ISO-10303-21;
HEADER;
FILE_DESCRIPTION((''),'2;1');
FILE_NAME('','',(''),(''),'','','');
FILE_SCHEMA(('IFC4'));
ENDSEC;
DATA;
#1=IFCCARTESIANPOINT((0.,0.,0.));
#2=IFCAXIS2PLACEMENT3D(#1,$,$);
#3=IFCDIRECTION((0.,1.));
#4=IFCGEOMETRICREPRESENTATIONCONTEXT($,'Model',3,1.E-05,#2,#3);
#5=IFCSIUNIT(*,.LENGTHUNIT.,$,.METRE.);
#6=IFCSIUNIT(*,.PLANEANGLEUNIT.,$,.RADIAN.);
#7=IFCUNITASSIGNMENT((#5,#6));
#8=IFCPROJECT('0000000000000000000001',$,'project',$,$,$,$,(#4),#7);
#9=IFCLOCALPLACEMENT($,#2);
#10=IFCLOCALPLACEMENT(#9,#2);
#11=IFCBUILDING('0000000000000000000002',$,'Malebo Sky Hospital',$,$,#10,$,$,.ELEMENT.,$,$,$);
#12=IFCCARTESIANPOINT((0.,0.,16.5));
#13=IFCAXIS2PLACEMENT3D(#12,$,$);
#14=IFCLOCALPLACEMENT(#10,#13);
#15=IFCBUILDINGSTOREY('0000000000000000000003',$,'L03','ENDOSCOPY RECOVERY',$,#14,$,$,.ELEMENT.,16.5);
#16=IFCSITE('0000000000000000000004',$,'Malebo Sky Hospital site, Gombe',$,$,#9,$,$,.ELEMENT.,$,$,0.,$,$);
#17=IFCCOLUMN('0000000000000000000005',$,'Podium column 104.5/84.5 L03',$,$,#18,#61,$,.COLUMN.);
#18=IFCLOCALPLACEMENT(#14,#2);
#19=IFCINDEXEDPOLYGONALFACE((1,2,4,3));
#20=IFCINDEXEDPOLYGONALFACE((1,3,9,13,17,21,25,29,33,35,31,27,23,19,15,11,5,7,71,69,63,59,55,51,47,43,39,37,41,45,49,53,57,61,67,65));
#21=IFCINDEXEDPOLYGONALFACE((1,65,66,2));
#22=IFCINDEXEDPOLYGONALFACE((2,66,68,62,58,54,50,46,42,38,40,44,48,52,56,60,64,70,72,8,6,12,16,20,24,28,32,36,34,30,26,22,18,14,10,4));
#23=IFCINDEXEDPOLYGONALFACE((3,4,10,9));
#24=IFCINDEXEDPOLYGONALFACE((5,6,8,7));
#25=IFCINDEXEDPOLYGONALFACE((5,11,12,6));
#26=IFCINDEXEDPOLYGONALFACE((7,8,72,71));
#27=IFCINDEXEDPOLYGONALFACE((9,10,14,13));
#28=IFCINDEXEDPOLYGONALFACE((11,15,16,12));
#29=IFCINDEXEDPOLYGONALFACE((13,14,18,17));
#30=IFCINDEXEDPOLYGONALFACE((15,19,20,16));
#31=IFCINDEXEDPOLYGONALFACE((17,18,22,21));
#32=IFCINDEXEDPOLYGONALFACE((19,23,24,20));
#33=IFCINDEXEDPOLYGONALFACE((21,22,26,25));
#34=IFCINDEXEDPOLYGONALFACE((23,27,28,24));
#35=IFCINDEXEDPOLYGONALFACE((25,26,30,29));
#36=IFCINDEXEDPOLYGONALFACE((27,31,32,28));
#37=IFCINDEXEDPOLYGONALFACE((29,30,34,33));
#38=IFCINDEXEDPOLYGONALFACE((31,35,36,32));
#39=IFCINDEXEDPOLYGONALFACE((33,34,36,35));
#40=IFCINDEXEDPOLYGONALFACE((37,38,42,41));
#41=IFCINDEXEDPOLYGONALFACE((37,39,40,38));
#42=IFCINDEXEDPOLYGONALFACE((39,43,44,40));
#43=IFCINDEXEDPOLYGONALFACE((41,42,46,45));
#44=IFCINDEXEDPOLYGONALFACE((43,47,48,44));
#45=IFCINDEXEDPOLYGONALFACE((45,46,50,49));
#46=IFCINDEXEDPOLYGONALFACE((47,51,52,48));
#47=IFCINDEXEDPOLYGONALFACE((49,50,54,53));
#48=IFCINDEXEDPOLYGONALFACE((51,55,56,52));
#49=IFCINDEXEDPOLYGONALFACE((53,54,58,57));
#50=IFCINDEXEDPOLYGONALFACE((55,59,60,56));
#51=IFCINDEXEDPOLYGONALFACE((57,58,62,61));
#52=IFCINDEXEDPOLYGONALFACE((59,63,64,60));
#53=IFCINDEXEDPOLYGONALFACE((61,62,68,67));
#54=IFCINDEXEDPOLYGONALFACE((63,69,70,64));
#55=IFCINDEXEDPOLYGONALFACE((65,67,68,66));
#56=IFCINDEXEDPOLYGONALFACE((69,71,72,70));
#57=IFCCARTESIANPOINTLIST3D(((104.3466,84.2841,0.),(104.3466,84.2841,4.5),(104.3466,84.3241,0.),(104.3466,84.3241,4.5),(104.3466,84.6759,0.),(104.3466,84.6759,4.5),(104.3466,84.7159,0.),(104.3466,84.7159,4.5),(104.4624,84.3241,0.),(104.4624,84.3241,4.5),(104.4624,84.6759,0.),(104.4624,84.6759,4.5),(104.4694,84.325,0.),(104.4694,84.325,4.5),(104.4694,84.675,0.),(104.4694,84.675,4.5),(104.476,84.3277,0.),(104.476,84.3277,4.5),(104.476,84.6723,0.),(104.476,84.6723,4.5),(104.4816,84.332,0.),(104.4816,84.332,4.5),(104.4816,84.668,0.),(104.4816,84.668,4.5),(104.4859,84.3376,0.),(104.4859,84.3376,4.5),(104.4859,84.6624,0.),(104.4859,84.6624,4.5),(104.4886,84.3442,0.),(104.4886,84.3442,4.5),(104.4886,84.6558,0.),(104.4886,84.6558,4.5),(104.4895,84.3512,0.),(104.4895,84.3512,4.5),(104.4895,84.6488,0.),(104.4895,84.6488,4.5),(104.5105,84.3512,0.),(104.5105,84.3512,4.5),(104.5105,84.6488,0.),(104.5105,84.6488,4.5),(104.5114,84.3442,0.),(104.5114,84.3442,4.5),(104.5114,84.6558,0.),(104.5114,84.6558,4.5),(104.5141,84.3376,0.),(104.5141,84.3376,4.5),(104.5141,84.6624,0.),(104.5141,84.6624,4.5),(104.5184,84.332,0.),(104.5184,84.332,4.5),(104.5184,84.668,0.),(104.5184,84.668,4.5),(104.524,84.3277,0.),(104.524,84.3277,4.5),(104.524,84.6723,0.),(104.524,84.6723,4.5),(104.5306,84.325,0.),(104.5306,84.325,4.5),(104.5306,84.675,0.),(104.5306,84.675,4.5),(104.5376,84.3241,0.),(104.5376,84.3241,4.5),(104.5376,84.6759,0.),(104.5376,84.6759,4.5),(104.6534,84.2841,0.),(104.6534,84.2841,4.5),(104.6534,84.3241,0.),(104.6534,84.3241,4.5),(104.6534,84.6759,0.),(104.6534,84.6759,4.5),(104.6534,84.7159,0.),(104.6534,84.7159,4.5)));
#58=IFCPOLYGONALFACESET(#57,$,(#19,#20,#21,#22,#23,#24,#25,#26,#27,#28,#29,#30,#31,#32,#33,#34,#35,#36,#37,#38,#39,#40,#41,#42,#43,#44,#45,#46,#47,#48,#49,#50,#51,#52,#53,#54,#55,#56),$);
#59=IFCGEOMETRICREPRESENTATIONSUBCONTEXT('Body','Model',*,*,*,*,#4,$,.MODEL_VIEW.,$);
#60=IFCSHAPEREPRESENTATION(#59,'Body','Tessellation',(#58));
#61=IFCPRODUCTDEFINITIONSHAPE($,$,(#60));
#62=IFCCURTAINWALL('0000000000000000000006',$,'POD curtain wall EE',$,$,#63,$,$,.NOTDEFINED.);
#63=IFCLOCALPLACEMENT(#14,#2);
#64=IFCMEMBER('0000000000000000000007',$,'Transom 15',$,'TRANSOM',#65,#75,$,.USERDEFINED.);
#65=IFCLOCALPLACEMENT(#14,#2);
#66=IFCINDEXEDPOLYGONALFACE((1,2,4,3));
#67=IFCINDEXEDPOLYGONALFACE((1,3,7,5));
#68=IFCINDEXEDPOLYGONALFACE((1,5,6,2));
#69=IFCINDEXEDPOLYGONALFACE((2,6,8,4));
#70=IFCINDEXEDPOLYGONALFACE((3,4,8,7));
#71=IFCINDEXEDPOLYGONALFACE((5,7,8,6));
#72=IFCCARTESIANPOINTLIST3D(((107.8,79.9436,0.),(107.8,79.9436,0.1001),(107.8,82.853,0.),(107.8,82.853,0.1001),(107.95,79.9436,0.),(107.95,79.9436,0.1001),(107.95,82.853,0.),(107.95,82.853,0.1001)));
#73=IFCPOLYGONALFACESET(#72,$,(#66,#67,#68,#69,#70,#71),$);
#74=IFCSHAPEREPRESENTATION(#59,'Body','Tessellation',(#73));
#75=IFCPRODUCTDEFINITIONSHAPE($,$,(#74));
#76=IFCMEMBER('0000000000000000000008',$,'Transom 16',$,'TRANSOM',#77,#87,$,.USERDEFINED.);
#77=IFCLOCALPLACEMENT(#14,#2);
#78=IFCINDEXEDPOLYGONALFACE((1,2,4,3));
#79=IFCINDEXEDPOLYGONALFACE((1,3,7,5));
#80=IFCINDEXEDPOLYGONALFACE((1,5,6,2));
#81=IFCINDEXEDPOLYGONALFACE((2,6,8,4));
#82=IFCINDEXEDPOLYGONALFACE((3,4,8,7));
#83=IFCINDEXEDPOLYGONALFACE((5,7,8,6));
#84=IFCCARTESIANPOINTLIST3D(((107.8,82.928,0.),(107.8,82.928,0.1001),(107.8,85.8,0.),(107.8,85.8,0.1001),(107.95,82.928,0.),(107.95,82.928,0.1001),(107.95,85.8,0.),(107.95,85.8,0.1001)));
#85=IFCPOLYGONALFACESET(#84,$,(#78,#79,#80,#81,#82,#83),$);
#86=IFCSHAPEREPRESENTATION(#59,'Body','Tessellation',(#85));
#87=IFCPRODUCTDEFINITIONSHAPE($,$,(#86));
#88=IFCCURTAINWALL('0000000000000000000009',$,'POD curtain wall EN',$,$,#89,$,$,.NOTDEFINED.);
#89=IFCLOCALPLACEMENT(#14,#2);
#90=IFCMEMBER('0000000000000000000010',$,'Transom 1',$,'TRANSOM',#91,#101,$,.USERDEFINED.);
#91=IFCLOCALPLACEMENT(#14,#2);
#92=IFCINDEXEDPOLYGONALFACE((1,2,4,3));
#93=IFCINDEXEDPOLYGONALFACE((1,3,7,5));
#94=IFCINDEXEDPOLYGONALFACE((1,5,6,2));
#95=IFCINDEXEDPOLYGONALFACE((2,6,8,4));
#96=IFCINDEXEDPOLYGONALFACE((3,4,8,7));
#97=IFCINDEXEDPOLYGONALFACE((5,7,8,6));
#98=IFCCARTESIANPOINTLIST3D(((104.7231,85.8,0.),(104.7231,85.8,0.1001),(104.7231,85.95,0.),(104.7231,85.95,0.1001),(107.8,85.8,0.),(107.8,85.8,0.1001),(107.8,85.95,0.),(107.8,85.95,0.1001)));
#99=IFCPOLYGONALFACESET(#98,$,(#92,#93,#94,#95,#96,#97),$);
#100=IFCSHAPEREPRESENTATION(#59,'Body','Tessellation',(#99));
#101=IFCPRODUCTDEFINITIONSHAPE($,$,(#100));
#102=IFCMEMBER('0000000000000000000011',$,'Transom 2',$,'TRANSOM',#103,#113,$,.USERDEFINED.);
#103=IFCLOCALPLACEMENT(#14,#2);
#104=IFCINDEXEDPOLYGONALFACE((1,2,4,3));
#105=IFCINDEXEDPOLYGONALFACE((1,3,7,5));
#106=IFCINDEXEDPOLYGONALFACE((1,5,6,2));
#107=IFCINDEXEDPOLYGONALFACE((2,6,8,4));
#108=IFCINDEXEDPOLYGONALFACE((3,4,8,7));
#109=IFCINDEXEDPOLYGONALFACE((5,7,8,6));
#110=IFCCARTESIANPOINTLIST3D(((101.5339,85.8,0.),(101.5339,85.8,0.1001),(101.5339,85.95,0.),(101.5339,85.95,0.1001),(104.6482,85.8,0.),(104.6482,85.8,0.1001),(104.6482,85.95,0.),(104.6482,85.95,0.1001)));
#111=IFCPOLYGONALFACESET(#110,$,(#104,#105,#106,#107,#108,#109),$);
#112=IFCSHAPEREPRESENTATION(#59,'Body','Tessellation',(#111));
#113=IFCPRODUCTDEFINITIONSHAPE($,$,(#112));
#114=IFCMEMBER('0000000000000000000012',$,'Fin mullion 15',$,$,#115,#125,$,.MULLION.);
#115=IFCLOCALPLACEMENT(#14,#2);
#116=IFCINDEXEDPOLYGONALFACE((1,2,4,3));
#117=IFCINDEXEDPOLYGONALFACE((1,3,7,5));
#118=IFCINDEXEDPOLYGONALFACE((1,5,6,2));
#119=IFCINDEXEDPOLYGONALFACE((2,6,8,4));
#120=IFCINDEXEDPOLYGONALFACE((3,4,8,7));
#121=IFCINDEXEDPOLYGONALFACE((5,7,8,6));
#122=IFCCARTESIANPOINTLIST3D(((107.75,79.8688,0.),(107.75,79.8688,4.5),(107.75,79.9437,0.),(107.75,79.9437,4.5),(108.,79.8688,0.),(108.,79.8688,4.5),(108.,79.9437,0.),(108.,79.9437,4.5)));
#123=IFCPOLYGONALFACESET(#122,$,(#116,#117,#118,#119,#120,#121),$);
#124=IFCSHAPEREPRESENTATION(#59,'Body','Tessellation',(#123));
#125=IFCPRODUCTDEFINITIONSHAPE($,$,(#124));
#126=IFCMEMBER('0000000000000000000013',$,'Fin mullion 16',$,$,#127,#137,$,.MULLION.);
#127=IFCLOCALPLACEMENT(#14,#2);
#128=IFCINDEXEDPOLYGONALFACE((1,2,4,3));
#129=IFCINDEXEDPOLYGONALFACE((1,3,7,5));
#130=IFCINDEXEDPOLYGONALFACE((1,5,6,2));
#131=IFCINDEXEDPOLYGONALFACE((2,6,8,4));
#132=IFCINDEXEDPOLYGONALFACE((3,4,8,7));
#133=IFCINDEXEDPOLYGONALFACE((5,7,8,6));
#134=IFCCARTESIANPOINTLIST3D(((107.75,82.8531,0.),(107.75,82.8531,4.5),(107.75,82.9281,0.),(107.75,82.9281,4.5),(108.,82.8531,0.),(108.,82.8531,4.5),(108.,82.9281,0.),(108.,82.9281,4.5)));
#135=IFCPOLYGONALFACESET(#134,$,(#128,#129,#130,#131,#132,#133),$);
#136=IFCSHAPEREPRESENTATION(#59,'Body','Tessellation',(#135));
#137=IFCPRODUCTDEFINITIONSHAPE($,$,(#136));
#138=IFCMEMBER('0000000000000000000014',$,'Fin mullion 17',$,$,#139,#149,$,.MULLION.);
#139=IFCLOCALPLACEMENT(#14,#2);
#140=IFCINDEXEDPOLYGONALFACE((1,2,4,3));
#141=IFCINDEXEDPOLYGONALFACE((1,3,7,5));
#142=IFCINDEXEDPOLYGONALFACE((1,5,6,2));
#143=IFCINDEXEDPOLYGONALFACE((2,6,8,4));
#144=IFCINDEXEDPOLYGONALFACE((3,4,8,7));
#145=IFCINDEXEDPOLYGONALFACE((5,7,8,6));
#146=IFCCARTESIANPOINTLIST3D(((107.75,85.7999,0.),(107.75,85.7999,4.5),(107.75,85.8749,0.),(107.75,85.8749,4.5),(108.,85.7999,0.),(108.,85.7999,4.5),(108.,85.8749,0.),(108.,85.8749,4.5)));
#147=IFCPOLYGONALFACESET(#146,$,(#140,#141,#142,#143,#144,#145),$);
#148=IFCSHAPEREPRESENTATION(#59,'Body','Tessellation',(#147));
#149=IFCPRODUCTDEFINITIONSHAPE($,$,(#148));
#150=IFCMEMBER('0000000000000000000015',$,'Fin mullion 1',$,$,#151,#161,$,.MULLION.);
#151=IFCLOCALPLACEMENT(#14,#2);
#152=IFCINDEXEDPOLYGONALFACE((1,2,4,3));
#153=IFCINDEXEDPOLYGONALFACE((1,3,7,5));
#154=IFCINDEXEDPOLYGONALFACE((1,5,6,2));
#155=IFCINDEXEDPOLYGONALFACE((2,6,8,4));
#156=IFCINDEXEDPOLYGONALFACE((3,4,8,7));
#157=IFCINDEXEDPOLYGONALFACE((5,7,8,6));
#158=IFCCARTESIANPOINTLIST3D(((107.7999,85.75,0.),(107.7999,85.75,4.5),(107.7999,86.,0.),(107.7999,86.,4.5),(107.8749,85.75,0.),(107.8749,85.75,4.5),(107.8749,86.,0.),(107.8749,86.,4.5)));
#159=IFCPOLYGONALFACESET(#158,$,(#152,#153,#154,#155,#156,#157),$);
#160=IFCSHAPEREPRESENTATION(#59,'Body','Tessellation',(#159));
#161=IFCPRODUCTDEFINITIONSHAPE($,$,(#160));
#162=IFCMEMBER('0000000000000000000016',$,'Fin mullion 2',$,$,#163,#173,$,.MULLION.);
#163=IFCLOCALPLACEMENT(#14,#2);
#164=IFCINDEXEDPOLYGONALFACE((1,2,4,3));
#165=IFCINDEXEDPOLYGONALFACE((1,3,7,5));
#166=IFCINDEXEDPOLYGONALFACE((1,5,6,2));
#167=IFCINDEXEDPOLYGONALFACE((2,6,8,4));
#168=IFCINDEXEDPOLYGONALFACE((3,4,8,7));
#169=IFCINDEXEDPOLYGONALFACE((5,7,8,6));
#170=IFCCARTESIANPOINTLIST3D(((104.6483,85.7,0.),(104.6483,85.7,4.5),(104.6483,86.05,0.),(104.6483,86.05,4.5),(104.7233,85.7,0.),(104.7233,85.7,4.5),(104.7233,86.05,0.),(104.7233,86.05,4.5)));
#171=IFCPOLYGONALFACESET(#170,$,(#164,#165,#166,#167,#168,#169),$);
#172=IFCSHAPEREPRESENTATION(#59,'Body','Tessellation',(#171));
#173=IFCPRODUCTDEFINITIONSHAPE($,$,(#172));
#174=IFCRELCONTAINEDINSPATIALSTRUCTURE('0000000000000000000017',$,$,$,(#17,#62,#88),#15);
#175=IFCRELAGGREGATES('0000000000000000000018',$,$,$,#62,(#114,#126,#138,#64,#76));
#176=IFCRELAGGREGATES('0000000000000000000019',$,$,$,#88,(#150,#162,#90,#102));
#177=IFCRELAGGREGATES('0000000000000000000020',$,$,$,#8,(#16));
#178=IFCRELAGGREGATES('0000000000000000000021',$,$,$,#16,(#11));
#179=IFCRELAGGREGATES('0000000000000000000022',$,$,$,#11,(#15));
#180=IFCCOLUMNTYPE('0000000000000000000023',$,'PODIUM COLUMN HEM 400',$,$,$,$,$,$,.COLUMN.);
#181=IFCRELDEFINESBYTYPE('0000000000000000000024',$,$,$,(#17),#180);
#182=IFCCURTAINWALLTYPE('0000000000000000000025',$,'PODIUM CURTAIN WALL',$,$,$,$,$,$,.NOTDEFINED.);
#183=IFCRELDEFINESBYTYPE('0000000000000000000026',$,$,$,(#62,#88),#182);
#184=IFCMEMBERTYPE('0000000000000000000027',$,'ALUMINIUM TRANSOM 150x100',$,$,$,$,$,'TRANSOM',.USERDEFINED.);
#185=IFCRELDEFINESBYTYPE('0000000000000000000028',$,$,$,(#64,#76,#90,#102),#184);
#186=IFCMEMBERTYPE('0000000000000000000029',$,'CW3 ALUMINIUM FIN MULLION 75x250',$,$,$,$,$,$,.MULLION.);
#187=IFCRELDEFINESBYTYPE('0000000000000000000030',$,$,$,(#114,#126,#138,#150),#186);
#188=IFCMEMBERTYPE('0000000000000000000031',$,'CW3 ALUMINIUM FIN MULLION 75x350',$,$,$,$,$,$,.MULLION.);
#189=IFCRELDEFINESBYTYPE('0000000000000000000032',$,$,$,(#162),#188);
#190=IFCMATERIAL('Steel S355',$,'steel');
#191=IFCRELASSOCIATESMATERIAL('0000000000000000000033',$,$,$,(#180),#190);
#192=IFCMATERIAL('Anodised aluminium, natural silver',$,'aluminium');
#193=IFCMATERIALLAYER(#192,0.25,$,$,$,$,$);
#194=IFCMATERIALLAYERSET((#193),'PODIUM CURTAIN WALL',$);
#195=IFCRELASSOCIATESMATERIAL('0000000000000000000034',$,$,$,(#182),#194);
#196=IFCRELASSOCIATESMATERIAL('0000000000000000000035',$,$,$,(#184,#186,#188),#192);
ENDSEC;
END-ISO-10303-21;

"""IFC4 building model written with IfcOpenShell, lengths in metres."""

from ifc_helpers import new_model, si_unit, direction, frame, origin, origin_2d, place, context, subcontext, project, spatial, rectangle, i_section, extrude, material, layer, layer_set, material_profile, profile_set, type_object, element, aggregate, save


model = new_model("IFC4")

# Units and contexts
model_context = context("Model", 3, precision=1e-05, world=origin(), true_north=direction((0.0, 1.0)))
body_context = subcontext(model_context, "Body", "Model", "MODEL_VIEW")
ifc_project = project(units=[si_unit("LENGTHUNIT", "METRE"), si_unit("PLANEANGLEUNIT", "RADIAN")], contexts=[model_context])

# Site, building, storey
site_placement = place(None, origin())
site = spatial("IfcSite", under=ifc_project, at=site_placement, Name="Malebo Sky Hospital site, Gombe", CompositionType="ELEMENT", RefElevation=0.0)
building_placement = place(site_placement, origin())
building = spatial("IfcBuilding", under=site, at=building_placement, Name="Malebo Sky Hospital", CompositionType="ELEMENT")
storey_placement = place(building_placement, frame((0.0, 0.0, 16.5)))
storey = spatial("IfcBuildingStorey", under=building, at=storey_placement, Name="L03", Description="ENDOSCOPY RECOVERY", CompositionType="ELEMENT", Elevation=16.5)

# Column
ifc_material_1 = material(Name="Steel S355", Category="steel")
ifc_material_profile_1 = material_profile(ifc_material_1, i_section(OverallWidth=0.3069, OverallDepth=0.4319, WebThickness=0.021, FlangeThickness=0.04, FilletRadius=0.0271, at=origin_2d()), Name="HEM 400")
ifc_profile_set_1 = profile_set([ifc_material_profile_1], Name="Steel S355")
column_type = type_object("IfcColumnType", Name="PODIUM COLUMN HEM 400", PredefinedType="COLUMN", material=ifc_profile_set_1)
column_placement = place(storey_placement, frame((104.5, 84.5, 0.0), z_axis=(0.0, 0.0, 1.0), x_axis=(1.0, 0.0, 0.0)))
element("IfcColumn", 1, at=column_placement, inside=storey, type_object=column_type, Name="Podium column 104.5/84.5 L03", PredefinedType="COLUMN", context=body_context, shape_type="SweptSolid", body=[
    extrude(i_section(OverallWidth=0.3069, OverallDepth=0.4319, WebThickness=0.021, FlangeThickness=0.04, FilletRadius=0.0271, at=origin_2d()), origin(), (0.0, 0.0, 1.0), 4.5),
])

# Curtain walls, members
ifc_material_2 = material(Name="Anodised aluminium, natural silver", Category="aluminium")
ifc_layer_1 = layer(ifc_material_2, 0.25)
ifc_layer_set_1 = layer_set([ifc_layer_1], Name="PODIUM CURTAIN WALL")
curtain_wall_type = type_object("IfcCurtainWallType", Name="PODIUM CURTAIN WALL", PredefinedType="NOTDEFINED", material=ifc_layer_set_1)
curtain_wall_1_placement = place(storey_placement, origin())
curtain_wall_1 = element("IfcCurtainWall", 2, at=curtain_wall_1_placement, inside=storey, type_object=curtain_wall_type, Name="POD curtain wall EE", PredefinedType="NOTDEFINED")
ifc_material_profile_2 = material_profile(ifc_material_2, rectangle(XDim=0.1499, YDim=0.1001, at=origin_2d()), Name="ALUMINIUM TRANSOM 150x100")
ifc_profile_set_2 = profile_set([ifc_material_profile_2], Name="Anodised aluminium, natural silver")
member_type_1 = type_object("IfcMemberType", Name="ALUMINIUM TRANSOM 150x100", ElementType="TRANSOM", PredefinedType="USERDEFINED", material=ifc_profile_set_2)
member_1_placement = place(storey_placement, frame((107.875, 79.9436, 0.05), z_axis=(0.0, 1.0, 0.0), x_axis=(-1.0, 0.0, 0.0)))
member_1 = element("IfcMember", 3, at=member_1_placement, type_object=member_type_1, Name="Transom 15", ObjectType="TRANSOM", PredefinedType="USERDEFINED", context=body_context, shape_type="SweptSolid", body=[
    extrude(rectangle(XDim=0.1499, YDim=0.1001, at=origin_2d()), origin(), (0.0, 0.0, 1.0), 2.9094),
])
member_2_placement = place(storey_placement, frame((107.875, 82.928, 0.05), z_axis=(0.0, 1.0, 0.0), x_axis=(-1.0, 0.0, 0.0)))
member_2 = element("IfcMember", 4, at=member_2_placement, type_object=member_type_1, Name="Transom 16", ObjectType="TRANSOM", PredefinedType="USERDEFINED", context=body_context, shape_type="SweptSolid", body=[
    extrude(rectangle(XDim=0.1499, YDim=0.1001, at=origin_2d()), origin(), (0.0, 0.0, 1.0), 2.8721),
])
curtain_wall_2_placement = place(storey_placement, origin())
curtain_wall_2 = element("IfcCurtainWall", 5, at=curtain_wall_2_placement, inside=storey, type_object=curtain_wall_type, Name="POD curtain wall EN", PredefinedType="NOTDEFINED")
member_3_placement = place(storey_placement, frame((107.8, 85.875, 0.05), z_axis=(-1.0, 0.0, 0.0), x_axis=(0.0, -1.0, 0.0)))
member_3 = element("IfcMember", 6, at=member_3_placement, type_object=member_type_1, Name="Transom 1", ObjectType="TRANSOM", PredefinedType="USERDEFINED", context=body_context, shape_type="SweptSolid", body=[
    extrude(rectangle(XDim=0.1499, YDim=0.1001, at=origin_2d()), origin(), (0.0, 0.0, 1.0), 3.0769),
])
member_4_placement = place(storey_placement, frame((104.6482, 85.875, 0.05), z_axis=(-1.0, 0.0, 0.0), x_axis=(0.0, -1.0, 0.0)))
member_4 = element("IfcMember", 7, at=member_4_placement, type_object=member_type_1, Name="Transom 2", ObjectType="TRANSOM", PredefinedType="USERDEFINED", context=body_context, shape_type="SweptSolid", body=[
    extrude(rectangle(XDim=0.1499, YDim=0.1001, at=origin_2d()), origin(), (0.0, 0.0, 1.0), 3.1143),
])

# Members
ifc_material_profile_3 = material_profile(ifc_material_2, rectangle(XDim=0.075, YDim=0.25, at=origin_2d()), Name="CW3 ALUMINIUM FIN MULLION 75x250")
ifc_profile_set_3 = profile_set([ifc_material_profile_3], Name="Anodised aluminium, natural silver")
member_type_2 = type_object("IfcMemberType", Name="CW3 ALUMINIUM FIN MULLION 75x250", PredefinedType="MULLION", material=ifc_profile_set_3)
member_5_placement = place(storey_placement, frame((107.875, 79.9062, 0.0), z_axis=(0.0, 0.0, 1.0), x_axis=(0.0, 1.0, 0.0)))
member_5 = element("IfcMember", 8, at=member_5_placement, type_object=member_type_2, Name="Fin mullion 15", PredefinedType="MULLION", context=body_context, shape_type="SweptSolid", body=[
    extrude(rectangle(XDim=0.075, YDim=0.25, at=origin_2d()), origin(), (0.0, 0.0, 1.0), 4.5),
])
member_6_placement = place(storey_placement, frame((107.875, 82.8906, 0.0), z_axis=(0.0, 0.0, 1.0), x_axis=(0.0, 1.0, 0.0)))
member_6 = element("IfcMember", 9, at=member_6_placement, type_object=member_type_2, Name="Fin mullion 16", PredefinedType="MULLION", context=body_context, shape_type="SweptSolid", body=[
    extrude(rectangle(XDim=0.075, YDim=0.25, at=origin_2d()), origin(), (0.0, 0.0, 1.0), 4.5),
])
member_7_placement = place(storey_placement, frame((107.875, 85.8374, 0.0), z_axis=(0.0, 0.0, 1.0), x_axis=(0.0, 1.0, 0.0)))
member_7 = element("IfcMember", 10, at=member_7_placement, type_object=member_type_2, Name="Fin mullion 17", PredefinedType="MULLION", context=body_context, shape_type="SweptSolid", body=[
    extrude(rectangle(XDim=0.075, YDim=0.25, at=origin_2d()), origin(), (0.0, 0.0, 1.0), 4.5),
])
member_8_placement = place(storey_placement, frame((107.8374, 85.875, 0.0), z_axis=(0.0, 0.0, 1.0), x_axis=(-1.0, 0.0, 0.0)))
member_8 = element("IfcMember", 11, at=member_8_placement, type_object=member_type_2, Name="Fin mullion 1", PredefinedType="MULLION", context=body_context, shape_type="SweptSolid", body=[
    extrude(rectangle(XDim=0.075, YDim=0.25, at=origin_2d()), origin(), (0.0, 0.0, 1.0), 4.5),
])
ifc_material_profile_4 = material_profile(ifc_material_2, rectangle(XDim=0.075, YDim=0.3501, at=origin_2d()), Name="CW3 ALUMINIUM FIN MULLION 75x350")
ifc_profile_set_4 = profile_set([ifc_material_profile_4], Name="Anodised aluminium, natural silver")
member_type_3 = type_object("IfcMemberType", Name="CW3 ALUMINIUM FIN MULLION 75x350", PredefinedType="MULLION", material=ifc_profile_set_4)
member_9_placement = place(storey_placement, frame((104.6858, 85.875, 0.0), z_axis=(0.0, 0.0, 1.0), x_axis=(-1.0, 0.0, 0.0)))
member_9 = element("IfcMember", 12, at=member_9_placement, type_object=member_type_3, Name="Fin mullion 2", PredefinedType="MULLION", context=body_context, shape_type="SweptSolid", body=[
    extrude(rectangle(XDim=0.075, YDim=0.3501, at=origin_2d()), origin(), (0.0, 0.0, 1.0), 4.5),
])

aggregate(curtain_wall_1, [member_5, member_6, member_7, member_1, member_2])
aggregate(curtain_wall_2, [member_8, member_9, member_3, member_4])

save(model, "model.ifc")
